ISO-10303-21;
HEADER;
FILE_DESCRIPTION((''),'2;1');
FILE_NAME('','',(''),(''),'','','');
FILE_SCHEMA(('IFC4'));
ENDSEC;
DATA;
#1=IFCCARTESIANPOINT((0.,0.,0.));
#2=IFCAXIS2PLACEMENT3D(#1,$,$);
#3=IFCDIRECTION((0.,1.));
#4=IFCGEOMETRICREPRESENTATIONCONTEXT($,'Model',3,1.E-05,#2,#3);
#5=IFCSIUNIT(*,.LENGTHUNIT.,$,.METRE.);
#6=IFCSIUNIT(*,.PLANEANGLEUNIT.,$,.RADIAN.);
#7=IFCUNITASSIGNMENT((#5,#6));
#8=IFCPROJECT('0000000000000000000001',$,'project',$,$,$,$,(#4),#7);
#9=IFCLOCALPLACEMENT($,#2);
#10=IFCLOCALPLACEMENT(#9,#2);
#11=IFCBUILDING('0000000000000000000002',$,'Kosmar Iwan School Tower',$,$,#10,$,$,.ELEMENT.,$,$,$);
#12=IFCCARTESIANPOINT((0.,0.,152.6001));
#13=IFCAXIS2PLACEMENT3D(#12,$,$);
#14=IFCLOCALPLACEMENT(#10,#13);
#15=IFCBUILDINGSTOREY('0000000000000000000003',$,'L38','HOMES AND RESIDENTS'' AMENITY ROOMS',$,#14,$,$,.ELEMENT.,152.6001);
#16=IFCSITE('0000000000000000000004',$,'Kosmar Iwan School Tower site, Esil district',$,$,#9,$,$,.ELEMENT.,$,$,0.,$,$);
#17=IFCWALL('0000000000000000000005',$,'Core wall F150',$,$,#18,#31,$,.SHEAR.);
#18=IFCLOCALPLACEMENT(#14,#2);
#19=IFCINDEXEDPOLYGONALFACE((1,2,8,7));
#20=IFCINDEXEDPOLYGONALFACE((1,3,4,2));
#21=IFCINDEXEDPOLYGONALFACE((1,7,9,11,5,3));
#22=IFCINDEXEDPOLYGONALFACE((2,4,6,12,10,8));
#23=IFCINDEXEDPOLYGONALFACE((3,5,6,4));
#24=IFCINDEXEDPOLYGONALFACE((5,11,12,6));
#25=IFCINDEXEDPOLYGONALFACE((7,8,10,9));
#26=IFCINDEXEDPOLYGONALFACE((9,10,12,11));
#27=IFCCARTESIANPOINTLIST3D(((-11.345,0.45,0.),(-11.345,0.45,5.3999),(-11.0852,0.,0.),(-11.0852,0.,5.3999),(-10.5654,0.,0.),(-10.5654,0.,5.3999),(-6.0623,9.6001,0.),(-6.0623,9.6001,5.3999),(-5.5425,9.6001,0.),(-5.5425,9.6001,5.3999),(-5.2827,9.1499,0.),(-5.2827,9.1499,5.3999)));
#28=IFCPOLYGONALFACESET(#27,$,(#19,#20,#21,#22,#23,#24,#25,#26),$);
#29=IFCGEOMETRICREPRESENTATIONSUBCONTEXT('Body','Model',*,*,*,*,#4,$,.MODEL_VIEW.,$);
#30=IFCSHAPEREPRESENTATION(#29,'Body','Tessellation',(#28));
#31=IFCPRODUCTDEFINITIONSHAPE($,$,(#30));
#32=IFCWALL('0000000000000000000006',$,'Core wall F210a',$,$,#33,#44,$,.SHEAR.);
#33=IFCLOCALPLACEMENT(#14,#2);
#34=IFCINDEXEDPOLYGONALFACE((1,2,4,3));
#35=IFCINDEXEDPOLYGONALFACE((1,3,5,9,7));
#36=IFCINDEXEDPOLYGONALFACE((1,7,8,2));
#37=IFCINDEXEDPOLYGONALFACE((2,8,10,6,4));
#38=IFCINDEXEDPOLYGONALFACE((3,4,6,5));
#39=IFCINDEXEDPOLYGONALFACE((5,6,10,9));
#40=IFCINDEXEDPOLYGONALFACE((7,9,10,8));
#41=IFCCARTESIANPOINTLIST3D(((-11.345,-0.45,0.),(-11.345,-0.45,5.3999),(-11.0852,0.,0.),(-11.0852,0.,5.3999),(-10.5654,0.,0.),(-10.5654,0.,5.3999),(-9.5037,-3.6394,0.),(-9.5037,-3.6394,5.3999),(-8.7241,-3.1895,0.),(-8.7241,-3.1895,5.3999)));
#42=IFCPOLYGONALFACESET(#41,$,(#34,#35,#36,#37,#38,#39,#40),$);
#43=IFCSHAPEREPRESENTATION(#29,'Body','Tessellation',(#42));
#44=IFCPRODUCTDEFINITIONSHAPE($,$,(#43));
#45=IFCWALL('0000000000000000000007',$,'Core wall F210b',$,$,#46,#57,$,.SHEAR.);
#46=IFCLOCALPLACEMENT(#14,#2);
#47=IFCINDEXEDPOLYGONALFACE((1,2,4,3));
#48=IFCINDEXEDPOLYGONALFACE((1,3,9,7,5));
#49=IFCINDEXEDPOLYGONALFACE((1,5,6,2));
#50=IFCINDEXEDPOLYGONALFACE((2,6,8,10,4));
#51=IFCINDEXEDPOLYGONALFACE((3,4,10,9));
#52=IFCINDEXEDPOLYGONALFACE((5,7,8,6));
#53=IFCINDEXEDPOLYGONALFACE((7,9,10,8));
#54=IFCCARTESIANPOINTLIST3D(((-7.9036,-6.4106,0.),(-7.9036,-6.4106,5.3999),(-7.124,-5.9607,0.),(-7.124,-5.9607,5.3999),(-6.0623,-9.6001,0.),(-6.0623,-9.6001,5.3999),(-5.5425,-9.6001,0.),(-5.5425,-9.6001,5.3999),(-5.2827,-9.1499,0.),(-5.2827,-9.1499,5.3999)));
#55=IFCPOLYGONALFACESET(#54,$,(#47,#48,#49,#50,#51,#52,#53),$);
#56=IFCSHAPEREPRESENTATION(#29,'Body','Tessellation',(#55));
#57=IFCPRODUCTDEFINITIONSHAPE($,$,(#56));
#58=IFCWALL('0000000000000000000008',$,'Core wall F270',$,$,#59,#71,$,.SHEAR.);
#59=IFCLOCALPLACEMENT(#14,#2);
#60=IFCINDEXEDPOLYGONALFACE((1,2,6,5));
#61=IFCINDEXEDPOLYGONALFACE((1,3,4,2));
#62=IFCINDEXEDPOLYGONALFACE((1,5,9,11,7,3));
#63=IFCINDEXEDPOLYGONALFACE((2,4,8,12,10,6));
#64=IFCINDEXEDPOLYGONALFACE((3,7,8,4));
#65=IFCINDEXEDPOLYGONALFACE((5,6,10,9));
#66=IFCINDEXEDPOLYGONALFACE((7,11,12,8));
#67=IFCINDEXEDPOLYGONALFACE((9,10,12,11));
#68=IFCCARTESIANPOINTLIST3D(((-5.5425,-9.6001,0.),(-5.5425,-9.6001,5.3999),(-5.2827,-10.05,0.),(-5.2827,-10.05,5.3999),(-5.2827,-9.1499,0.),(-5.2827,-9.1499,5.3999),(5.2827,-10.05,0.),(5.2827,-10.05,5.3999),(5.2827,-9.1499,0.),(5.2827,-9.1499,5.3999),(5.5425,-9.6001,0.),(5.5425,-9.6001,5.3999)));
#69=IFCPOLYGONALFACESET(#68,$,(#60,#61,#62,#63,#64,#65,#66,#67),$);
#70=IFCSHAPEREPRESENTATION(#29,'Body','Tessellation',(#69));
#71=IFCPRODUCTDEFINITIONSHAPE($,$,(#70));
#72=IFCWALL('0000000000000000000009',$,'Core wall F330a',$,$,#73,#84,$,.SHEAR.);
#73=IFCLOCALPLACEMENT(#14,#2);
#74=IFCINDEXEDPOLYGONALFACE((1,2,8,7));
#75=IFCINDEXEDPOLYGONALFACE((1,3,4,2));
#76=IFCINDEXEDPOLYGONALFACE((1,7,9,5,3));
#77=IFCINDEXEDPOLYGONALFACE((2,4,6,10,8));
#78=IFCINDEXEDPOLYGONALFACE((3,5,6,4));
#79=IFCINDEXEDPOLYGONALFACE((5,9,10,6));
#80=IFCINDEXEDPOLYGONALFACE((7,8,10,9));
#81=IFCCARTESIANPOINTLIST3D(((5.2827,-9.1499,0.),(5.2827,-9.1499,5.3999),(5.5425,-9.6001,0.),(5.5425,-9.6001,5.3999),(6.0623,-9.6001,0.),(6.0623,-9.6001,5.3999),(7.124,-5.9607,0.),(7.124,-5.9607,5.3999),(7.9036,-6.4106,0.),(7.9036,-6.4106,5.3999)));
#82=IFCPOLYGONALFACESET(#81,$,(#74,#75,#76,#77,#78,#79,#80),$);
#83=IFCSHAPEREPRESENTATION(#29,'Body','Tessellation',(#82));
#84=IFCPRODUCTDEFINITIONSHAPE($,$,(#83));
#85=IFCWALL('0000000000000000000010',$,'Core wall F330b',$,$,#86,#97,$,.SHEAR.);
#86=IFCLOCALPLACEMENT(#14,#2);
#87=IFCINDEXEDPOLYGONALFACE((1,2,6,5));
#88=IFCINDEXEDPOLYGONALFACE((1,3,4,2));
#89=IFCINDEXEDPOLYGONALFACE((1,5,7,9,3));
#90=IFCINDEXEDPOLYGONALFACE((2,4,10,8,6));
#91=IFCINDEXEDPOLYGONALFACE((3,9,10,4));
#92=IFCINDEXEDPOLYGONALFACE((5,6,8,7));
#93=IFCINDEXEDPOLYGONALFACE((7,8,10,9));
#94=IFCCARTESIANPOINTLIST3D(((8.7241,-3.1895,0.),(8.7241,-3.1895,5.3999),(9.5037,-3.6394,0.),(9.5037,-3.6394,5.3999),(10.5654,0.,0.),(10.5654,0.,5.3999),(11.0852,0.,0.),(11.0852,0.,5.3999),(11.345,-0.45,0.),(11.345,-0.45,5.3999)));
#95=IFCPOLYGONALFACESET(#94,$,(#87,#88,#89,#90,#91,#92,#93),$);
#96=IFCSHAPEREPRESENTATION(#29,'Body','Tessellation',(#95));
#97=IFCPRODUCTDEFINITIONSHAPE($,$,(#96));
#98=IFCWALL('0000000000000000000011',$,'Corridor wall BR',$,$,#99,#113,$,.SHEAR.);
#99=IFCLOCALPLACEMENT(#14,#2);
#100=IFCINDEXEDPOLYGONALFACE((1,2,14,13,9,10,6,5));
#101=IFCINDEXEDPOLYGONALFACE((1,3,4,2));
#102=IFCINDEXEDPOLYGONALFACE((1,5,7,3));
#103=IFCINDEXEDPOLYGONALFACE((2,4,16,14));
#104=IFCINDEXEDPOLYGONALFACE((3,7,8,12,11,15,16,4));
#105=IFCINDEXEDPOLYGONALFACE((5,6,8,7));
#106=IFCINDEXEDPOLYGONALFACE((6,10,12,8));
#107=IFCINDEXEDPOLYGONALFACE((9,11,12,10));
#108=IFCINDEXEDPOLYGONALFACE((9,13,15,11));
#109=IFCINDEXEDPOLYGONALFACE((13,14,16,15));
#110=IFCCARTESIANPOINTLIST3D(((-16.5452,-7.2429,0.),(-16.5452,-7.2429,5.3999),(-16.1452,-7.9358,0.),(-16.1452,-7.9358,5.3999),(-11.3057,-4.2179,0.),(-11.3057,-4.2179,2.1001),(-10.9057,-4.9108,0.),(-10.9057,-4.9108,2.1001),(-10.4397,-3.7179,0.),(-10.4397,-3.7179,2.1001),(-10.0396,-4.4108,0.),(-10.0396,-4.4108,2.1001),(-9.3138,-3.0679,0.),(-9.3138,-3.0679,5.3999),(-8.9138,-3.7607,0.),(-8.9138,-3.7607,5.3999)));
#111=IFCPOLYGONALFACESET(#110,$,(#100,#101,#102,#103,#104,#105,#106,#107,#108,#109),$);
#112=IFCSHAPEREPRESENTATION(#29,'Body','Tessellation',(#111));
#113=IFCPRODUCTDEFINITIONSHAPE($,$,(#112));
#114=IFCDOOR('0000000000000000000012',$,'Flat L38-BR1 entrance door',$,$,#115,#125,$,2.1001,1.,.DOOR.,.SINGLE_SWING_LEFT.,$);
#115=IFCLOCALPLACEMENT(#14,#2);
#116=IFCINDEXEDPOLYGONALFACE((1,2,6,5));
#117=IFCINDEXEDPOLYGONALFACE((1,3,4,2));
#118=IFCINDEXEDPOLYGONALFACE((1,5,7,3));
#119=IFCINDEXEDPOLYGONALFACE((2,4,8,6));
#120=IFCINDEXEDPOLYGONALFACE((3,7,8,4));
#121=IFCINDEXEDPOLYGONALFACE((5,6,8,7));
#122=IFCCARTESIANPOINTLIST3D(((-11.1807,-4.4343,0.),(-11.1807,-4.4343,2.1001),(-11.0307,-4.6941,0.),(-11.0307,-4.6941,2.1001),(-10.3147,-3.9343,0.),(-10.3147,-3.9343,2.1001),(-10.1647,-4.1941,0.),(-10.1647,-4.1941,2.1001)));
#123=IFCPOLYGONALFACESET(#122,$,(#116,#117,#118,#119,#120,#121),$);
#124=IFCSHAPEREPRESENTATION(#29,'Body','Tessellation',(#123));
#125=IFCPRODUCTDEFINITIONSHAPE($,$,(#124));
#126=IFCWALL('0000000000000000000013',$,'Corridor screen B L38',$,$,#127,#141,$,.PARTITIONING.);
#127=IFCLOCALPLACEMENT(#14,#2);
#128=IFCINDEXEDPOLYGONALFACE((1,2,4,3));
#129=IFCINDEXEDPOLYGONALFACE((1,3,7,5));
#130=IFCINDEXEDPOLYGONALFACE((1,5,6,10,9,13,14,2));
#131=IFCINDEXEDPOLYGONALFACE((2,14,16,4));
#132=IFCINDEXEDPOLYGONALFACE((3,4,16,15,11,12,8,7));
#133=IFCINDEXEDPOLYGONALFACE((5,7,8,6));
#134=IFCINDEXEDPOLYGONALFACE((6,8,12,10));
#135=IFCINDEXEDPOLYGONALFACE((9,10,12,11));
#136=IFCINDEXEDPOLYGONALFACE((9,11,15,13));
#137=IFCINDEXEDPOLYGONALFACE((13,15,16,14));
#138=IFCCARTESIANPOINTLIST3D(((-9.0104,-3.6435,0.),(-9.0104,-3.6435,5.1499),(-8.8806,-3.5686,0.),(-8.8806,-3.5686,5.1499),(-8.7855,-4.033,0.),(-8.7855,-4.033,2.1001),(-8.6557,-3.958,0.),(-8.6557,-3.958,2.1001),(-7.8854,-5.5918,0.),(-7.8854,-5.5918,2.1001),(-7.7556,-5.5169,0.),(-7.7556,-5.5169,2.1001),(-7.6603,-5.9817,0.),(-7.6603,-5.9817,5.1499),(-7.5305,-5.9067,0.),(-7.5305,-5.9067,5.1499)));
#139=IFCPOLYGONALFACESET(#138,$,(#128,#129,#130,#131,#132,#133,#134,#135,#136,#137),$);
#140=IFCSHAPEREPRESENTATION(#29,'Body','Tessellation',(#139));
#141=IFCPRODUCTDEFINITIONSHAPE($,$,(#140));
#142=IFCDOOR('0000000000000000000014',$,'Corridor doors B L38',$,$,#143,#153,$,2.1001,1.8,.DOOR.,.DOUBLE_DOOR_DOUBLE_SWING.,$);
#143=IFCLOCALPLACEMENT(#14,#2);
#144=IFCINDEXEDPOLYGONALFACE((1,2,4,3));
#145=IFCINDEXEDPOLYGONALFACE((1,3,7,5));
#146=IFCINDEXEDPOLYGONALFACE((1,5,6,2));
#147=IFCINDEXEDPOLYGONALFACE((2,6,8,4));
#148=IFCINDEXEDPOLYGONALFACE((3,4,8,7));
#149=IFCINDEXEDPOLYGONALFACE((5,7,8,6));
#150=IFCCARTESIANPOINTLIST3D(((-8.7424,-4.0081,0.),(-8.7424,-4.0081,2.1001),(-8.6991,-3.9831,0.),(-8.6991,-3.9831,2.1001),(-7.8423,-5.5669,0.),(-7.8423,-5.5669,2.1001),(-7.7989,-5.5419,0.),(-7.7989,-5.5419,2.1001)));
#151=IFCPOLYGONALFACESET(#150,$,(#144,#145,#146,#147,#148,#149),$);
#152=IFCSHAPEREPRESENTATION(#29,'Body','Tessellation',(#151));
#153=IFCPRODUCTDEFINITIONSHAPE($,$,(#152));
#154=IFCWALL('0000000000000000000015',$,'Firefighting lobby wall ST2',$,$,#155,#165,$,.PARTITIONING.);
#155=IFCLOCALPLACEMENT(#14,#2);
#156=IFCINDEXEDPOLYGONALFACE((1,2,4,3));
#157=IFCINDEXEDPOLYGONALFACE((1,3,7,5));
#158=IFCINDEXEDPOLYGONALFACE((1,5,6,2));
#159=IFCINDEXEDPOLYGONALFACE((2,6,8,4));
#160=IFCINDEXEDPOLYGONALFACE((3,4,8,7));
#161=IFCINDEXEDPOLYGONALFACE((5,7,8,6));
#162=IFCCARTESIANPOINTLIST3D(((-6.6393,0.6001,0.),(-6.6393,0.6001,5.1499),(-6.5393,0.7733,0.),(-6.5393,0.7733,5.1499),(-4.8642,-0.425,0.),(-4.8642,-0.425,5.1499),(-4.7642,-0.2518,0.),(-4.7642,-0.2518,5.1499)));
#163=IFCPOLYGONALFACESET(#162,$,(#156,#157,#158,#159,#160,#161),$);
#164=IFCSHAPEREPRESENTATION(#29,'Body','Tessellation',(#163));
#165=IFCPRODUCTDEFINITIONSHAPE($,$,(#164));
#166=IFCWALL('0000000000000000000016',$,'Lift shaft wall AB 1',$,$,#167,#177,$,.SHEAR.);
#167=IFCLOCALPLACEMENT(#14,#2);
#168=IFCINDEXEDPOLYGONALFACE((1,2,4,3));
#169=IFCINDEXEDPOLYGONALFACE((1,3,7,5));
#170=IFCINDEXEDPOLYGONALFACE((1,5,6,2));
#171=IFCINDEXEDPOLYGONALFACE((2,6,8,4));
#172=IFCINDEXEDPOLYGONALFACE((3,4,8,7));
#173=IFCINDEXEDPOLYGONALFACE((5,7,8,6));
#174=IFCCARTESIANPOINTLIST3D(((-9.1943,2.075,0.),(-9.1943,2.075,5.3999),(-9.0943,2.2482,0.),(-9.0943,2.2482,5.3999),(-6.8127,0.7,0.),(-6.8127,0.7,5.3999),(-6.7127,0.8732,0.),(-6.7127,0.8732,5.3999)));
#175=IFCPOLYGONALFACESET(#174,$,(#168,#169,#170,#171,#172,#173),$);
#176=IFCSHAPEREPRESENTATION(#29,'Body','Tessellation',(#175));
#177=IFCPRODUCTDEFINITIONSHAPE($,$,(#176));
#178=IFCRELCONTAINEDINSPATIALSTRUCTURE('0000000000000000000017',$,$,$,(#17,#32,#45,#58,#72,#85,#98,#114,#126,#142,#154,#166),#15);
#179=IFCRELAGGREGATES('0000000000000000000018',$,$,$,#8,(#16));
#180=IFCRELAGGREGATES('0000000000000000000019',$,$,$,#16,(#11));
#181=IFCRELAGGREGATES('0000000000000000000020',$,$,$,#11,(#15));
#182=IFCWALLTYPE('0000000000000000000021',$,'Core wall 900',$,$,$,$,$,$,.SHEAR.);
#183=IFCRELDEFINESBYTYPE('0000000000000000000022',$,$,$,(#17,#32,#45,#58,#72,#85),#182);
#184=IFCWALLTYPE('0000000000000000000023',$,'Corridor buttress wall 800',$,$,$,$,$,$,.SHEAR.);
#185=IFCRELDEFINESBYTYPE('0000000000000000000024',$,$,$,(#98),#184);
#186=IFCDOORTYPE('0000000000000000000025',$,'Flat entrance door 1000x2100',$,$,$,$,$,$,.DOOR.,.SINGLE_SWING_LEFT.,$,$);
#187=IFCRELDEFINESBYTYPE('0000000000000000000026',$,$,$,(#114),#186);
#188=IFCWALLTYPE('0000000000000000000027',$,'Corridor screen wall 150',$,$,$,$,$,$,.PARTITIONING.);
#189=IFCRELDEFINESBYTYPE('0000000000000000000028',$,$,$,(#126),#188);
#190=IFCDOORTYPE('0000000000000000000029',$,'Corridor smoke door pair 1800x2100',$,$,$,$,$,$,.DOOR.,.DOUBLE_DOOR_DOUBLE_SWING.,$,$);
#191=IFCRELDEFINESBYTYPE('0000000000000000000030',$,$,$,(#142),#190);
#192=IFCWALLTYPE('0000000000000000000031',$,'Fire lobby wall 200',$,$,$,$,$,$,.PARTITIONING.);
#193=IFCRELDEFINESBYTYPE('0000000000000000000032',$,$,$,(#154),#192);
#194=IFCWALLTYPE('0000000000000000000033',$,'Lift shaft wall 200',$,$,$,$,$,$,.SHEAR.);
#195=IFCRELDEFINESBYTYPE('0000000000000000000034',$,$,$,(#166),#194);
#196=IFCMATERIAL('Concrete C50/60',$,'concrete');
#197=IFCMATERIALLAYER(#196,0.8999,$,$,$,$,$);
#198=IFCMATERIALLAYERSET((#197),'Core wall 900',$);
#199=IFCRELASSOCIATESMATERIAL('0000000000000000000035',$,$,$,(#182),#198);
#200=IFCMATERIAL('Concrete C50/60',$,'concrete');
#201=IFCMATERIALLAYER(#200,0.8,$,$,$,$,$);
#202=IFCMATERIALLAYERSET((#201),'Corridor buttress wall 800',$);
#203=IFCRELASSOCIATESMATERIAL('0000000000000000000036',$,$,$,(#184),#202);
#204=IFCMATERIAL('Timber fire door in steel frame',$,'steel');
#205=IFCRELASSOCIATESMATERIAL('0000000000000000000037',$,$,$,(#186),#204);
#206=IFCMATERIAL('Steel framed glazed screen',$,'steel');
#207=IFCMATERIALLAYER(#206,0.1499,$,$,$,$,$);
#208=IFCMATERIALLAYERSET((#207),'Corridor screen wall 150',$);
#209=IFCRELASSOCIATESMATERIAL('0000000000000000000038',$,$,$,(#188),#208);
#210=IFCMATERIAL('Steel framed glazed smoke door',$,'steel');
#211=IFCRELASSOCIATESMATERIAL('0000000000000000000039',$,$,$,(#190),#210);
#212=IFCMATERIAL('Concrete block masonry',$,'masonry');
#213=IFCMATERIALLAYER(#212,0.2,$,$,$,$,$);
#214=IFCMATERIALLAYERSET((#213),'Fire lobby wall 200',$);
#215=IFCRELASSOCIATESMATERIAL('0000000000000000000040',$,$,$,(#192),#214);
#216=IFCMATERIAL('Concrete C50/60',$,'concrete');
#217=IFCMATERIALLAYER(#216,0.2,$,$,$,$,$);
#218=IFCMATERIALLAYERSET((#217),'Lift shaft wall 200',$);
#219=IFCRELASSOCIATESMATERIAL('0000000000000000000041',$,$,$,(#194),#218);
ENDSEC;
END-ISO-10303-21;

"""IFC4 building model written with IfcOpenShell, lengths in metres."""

from ifc_helpers import new_model, si_unit, direction, frame, frame_2d, origin, place, context, subcontext, project, spatial, polyline, rectangle, outline, extrude, material, layer, layer_set, type_object, element, fill, save


model = new_model("IFC4")

# Units and contexts
model_context = context("Model", 3, precision=1e-05, world=origin(), true_north=direction((0.0, 1.0)))
body_context = subcontext(model_context, "Body", "Model", "MODEL_VIEW")
ifc_project = project(units=[si_unit("LENGTHUNIT", "METRE"), si_unit("PLANEANGLEUNIT", "RADIAN")], contexts=[model_context])

# Site, building, storey
site_placement = place(None, origin())
site = spatial("IfcSite", under=ifc_project, at=site_placement, Name="Kosmar Iwan School Tower site, Esil district", CompositionType="ELEMENT", RefElevation=0.0)
building_placement = place(site_placement, origin())
building = spatial("IfcBuilding", under=site, at=building_placement, Name="Kosmar Iwan School Tower", CompositionType="ELEMENT")
storey_placement = place(building_placement, frame((0.0, 0.0, 152.6001)))
storey = spatial("IfcBuildingStorey", under=building, at=storey_placement, Name="L38", Description="HOMES AND RESIDENTS' AMENITY ROOMS", CompositionType="ELEMENT", Elevation=152.6001)

# Walls
ifc_material_1 = material(Name="Concrete C50/60", Category="concrete")
ifc_layer_1 = layer(ifc_material_1, 0.8999)
ifc_layer_set_1 = layer_set([ifc_layer_1], Name="Core wall 900")
wall_type_1 = type_object("IfcWallType", Name="Core wall 900", PredefinedType="SHEAR", material=ifc_layer_set_1)
wall_1_placement = place(storey_placement, origin())
element("IfcWall", 1, at=wall_1_placement, inside=storey, type_object=wall_type_1, Name="Core wall F150", PredefinedType="SHEAR", context=body_context, shape_type="SweptSolid", body=[
    extrude(outline(polyline([(-11.0852, 0.0), (-10.5654, 0.0), (-5.2827, 9.1499), (-5.5425, 9.6001), (-6.0623, 9.6001), (-11.345, 0.45), (-11.0852, 0.0)])), origin(), (0.0, 0.0, 1.0), 5.3999),
])
wall_2_placement = place(storey_placement, origin())
element("IfcWall", 2, at=wall_2_placement, inside=storey, type_object=wall_type_1, Name="Core wall F210a", PredefinedType="SHEAR", context=body_context, shape_type="SweptSolid", body=[
    extrude(outline(polyline([(-9.5037, -3.6394), (-8.7241, -3.1895), (-10.5654, 0.0), (-11.0852, 0.0), (-11.345, -0.45), (-9.5037, -3.6394)])), origin(), (0.0, 0.0, 1.0), 5.3999),
])
wall_3_placement = place(storey_placement, origin())
element("IfcWall", 3, at=wall_3_placement, inside=storey, type_object=wall_type_1, Name="Core wall F210b", PredefinedType="SHEAR", context=body_context, shape_type="SweptSolid", body=[
    extrude(outline(polyline([(-6.0623, -9.6001), (-5.5425, -9.6001), (-5.2827, -9.1499), (-7.124, -5.9607), (-7.9036, -6.4106), (-6.0623, -9.6001)])), origin(), (0.0, 0.0, 1.0), 5.3999),
])
wall_4_placement = place(storey_placement, origin())
element("IfcWall", 4, at=wall_4_placement, inside=storey, type_object=wall_type_1, Name="Core wall F270", PredefinedType="SHEAR", context=body_context, shape_type="SweptSolid", body=[
    extrude(outline(polyline([(-5.2827, -10.05), (5.2827, -10.05), (5.5425, -9.6001), (5.2827, -9.1499), (-5.2827, -9.1499), (-5.5425, -9.6001), (-5.2827, -10.05)])), origin(), (0.0, 0.0, 1.0), 5.3999),
])
wall_5_placement = place(storey_placement, origin())
element("IfcWall", 5, at=wall_5_placement, inside=storey, type_object=wall_type_1, Name="Core wall F330a", PredefinedType="SHEAR", context=body_context, shape_type="SweptSolid", body=[
    extrude(outline(polyline([(5.5425, -9.6001), (6.0623, -9.6001), (7.9036, -6.4106), (7.124, -5.9607), (5.2827, -9.1499), (5.5425, -9.6001)])), origin(), (0.0, 0.0, 1.0), 5.3999),
])
wall_6_placement = place(storey_placement, origin())
element("IfcWall", 6, at=wall_6_placement, inside=storey, type_object=wall_type_1, Name="Core wall F330b", PredefinedType="SHEAR", context=body_context, shape_type="SweptSolid", body=[
    extrude(outline(polyline([(9.5037, -3.6394), (11.345, -0.45), (11.0852, 0.0), (10.5654, 0.0), (8.7241, -3.1895), (9.5037, -3.6394)])), origin(), (0.0, 0.0, 1.0), 5.3999),
])

# Walls, openings, doors
ifc_material_2 = material(Name="Concrete C50/60", Category="concrete")
ifc_layer_2 = layer(ifc_material_2, 0.8)
ifc_layer_set_2 = layer_set([ifc_layer_2], Name="Corridor buttress wall 800")
wall_type_2 = type_object("IfcWallType", Name="Corridor buttress wall 800", PredefinedType="SHEAR", material=ifc_layer_set_2)
wall_7_placement = place(storey_placement, frame((-9.1138, -3.4143, 0.0), z_axis=(0.0, 0.0, 1.0), x_axis=(-0.866027, -0.499997, 0.0)))
wall_7 = element("IfcWall", 7, at=wall_7_placement, inside=storey, type_object=wall_type_2, Name="Corridor wall BR", PredefinedType="SHEAR", context=body_context, shape_type="SweptSolid", body=[
    extrude(rectangle(XDim=8.3501, YDim=0.8, at=frame_2d((4.175, 0.0))), origin(), (0.0, 0.0, 1.0), 5.3999),
])
opening_1_placement = place(wall_7_placement, frame((1.3, 0.0, 0.0)))
opening_1 = element("IfcOpeningElement", 8, at=opening_1_placement, cuts=wall_7, PredefinedType="OPENING", context=body_context, shape_type="SweptSolid", body=[
    extrude(rectangle(XDim=1.0, YDim=2.1001, at=frame_2d((0.5, 1.05))), frame((0.0, 0.4121, 0.0), z_axis=(0.0, -1.0, 0.0), x_axis=(1.0, 0.0, 0.0)), (0.0, 0.0, 1.0), 0.824),
])
ifc_material_3 = material(Name="Timber fire door in steel frame", Category="steel")
door_type_1 = type_object("IfcDoorType", Name="Flat entrance door 1000x2100", OperationType="SINGLE_SWING_LEFT", PredefinedType="DOOR", material=ifc_material_3)
door_1_placement = place(opening_1_placement, origin())
door_1 = element("IfcDoor", 9, at=door_1_placement, inside=storey, type_object=door_type_1, Name="Flat L38-BR1 entrance door", OperationType="SINGLE_SWING_LEFT", OverallHeight=2.1001, OverallWidth=1.0, PredefinedType="DOOR", context=body_context, shape_type="SweptSolid", body=[
    extrude(rectangle(XDim=1.0, YDim=2.1001, at=frame_2d((0.5, 1.05))), frame((0.0, 0.1499, 0.0), z_axis=(0.0, -1.0, 0.0), x_axis=(1.0, 0.0, 0.0)), (0.0, 0.0, 1.0), 0.3),
])
fill(opening_1, door_1)
ifc_material_4 = material(Name="Steel framed glazed screen", Category="steel")
ifc_layer_3 = layer(ifc_material_4, 0.1499)
ifc_layer_set_3 = layer_set([ifc_layer_3], Name="Corridor screen wall 150")
wall_type_3 = type_object("IfcWallType", Name="Corridor screen wall 150", PredefinedType="PARTITIONING", material=ifc_layer_set_3)
wall_8_placement = place(storey_placement, frame((-8.9456, -3.606, 0.0), z_axis=(0.0, 0.0, 1.0), x_axis=(0.500049, -0.865997, 0.0)))
wall_8 = element("IfcWall", 10, at=wall_8_placement, inside=storey, type_object=wall_type_3, Name="Corridor screen B L38", PredefinedType="PARTITIONING", context=body_context, shape_type="SweptSolid", body=[
    extrude(rectangle(XDim=2.7, YDim=0.1499, at=frame_2d((1.3501, 0.0))), origin(), (0.0, 0.0, 1.0), 5.1499),
])
opening_2_placement = place(wall_8_placement, frame((0.45, 0.0, 0.0)))
opening_2 = element("IfcOpeningElement", 11, at=opening_2_placement, cuts=wall_8, PredefinedType="OPENING", context=body_context, shape_type="SweptSolid", body=[
    extrude(rectangle(XDim=1.8, YDim=2.1001, at=frame_2d((0.8999, 1.05))), frame((0.0, 0.0869, 0.0), z_axis=(0.0, -1.0, 0.0), x_axis=(1.0, 0.0, 0.0)), (0.0, 0.0, 1.0), 0.1738),
])
ifc_material_5 = material(Name="Steel framed glazed smoke door", Category="steel")
door_type_2 = type_object("IfcDoorType", Name="Corridor smoke door pair 1800x2100", OperationType="DOUBLE_DOOR_DOUBLE_SWING", PredefinedType="DOOR", material=ifc_material_5)
door_2_placement = place(opening_2_placement, origin())
door_2 = element("IfcDoor", 12, at=door_2_placement, inside=storey, type_object=door_type_2, Name="Corridor doors B L38", OperationType="DOUBLE_DOOR_DOUBLE_SWING", OverallHeight=2.1001, OverallWidth=1.8, PredefinedType="DOOR", context=body_context, shape_type="SweptSolid", body=[
    extrude(rectangle(XDim=1.8, YDim=2.1001, at=frame_2d((0.8999, 1.05))), frame((0.0, 0.0249, 0.0), z_axis=(0.0, -1.0, 0.0), x_axis=(1.0, 0.0, 0.0)), (0.0, 0.0, 1.0), 0.05),
])
fill(opening_2, door_2)

# Walls
ifc_material_6 = material(Name="Concrete block masonry", Category="masonry")
ifc_layer_4 = layer(ifc_material_6, 0.2)
ifc_layer_set_4 = layer_set([ifc_layer_4], Name="Fire lobby wall 200")
wall_type_4 = type_object("IfcWallType", Name="Fire lobby wall 200", PredefinedType="PARTITIONING", material=ifc_layer_set_4)
wall_9_placement = place(storey_placement, frame((-4.8142, -0.3384, 0.0), z_axis=(0.0, 0.0, 1.0), x_axis=(-0.865969, 0.500097, 0.0)))
element("IfcWall", 13, at=wall_9_placement, inside=storey, type_object=wall_type_4, Name="Firefighting lobby wall ST2", PredefinedType="PARTITIONING", context=body_context, shape_type="SweptSolid", body=[
    extrude(rectangle(XDim=2.0498, YDim=0.2, at=frame_2d((1.0249, 0.0))), origin(), (0.0, 0.0, 1.0), 5.1499),
])
ifc_material_7 = material(Name="Concrete C50/60", Category="concrete")
ifc_layer_5 = layer(ifc_material_7, 0.2)
ifc_layer_set_5 = layer_set([ifc_layer_5], Name="Lift shaft wall 200")
wall_type_5 = type_object("IfcWallType", Name="Lift shaft wall 200", PredefinedType="SHEAR", material=ifc_layer_set_5)
for number, where, z_axis, x_axis, name in (
    (14, (-6.7627, 0.7866, 0.0), (0.0, 0.0, 1.0), (-0.866027, 0.499997, 0.0), "Lift shaft wall AB 1"),
):
    element("IfcWall", number, at=place(storey_placement, frame(where, z_axis=z_axis, x_axis=x_axis)), inside=storey, type_object=wall_type_5, Name=name, PredefinedType="SHEAR", context=body_context, shape_type="SweptSolid", body=[
        extrude(rectangle(XDim=2.75, YDim=0.2, at=frame_2d((1.375, 0.0))), origin(), (0.0, 0.0, 1.0), 5.3999),
    ])

save(model, "model.ifc")
